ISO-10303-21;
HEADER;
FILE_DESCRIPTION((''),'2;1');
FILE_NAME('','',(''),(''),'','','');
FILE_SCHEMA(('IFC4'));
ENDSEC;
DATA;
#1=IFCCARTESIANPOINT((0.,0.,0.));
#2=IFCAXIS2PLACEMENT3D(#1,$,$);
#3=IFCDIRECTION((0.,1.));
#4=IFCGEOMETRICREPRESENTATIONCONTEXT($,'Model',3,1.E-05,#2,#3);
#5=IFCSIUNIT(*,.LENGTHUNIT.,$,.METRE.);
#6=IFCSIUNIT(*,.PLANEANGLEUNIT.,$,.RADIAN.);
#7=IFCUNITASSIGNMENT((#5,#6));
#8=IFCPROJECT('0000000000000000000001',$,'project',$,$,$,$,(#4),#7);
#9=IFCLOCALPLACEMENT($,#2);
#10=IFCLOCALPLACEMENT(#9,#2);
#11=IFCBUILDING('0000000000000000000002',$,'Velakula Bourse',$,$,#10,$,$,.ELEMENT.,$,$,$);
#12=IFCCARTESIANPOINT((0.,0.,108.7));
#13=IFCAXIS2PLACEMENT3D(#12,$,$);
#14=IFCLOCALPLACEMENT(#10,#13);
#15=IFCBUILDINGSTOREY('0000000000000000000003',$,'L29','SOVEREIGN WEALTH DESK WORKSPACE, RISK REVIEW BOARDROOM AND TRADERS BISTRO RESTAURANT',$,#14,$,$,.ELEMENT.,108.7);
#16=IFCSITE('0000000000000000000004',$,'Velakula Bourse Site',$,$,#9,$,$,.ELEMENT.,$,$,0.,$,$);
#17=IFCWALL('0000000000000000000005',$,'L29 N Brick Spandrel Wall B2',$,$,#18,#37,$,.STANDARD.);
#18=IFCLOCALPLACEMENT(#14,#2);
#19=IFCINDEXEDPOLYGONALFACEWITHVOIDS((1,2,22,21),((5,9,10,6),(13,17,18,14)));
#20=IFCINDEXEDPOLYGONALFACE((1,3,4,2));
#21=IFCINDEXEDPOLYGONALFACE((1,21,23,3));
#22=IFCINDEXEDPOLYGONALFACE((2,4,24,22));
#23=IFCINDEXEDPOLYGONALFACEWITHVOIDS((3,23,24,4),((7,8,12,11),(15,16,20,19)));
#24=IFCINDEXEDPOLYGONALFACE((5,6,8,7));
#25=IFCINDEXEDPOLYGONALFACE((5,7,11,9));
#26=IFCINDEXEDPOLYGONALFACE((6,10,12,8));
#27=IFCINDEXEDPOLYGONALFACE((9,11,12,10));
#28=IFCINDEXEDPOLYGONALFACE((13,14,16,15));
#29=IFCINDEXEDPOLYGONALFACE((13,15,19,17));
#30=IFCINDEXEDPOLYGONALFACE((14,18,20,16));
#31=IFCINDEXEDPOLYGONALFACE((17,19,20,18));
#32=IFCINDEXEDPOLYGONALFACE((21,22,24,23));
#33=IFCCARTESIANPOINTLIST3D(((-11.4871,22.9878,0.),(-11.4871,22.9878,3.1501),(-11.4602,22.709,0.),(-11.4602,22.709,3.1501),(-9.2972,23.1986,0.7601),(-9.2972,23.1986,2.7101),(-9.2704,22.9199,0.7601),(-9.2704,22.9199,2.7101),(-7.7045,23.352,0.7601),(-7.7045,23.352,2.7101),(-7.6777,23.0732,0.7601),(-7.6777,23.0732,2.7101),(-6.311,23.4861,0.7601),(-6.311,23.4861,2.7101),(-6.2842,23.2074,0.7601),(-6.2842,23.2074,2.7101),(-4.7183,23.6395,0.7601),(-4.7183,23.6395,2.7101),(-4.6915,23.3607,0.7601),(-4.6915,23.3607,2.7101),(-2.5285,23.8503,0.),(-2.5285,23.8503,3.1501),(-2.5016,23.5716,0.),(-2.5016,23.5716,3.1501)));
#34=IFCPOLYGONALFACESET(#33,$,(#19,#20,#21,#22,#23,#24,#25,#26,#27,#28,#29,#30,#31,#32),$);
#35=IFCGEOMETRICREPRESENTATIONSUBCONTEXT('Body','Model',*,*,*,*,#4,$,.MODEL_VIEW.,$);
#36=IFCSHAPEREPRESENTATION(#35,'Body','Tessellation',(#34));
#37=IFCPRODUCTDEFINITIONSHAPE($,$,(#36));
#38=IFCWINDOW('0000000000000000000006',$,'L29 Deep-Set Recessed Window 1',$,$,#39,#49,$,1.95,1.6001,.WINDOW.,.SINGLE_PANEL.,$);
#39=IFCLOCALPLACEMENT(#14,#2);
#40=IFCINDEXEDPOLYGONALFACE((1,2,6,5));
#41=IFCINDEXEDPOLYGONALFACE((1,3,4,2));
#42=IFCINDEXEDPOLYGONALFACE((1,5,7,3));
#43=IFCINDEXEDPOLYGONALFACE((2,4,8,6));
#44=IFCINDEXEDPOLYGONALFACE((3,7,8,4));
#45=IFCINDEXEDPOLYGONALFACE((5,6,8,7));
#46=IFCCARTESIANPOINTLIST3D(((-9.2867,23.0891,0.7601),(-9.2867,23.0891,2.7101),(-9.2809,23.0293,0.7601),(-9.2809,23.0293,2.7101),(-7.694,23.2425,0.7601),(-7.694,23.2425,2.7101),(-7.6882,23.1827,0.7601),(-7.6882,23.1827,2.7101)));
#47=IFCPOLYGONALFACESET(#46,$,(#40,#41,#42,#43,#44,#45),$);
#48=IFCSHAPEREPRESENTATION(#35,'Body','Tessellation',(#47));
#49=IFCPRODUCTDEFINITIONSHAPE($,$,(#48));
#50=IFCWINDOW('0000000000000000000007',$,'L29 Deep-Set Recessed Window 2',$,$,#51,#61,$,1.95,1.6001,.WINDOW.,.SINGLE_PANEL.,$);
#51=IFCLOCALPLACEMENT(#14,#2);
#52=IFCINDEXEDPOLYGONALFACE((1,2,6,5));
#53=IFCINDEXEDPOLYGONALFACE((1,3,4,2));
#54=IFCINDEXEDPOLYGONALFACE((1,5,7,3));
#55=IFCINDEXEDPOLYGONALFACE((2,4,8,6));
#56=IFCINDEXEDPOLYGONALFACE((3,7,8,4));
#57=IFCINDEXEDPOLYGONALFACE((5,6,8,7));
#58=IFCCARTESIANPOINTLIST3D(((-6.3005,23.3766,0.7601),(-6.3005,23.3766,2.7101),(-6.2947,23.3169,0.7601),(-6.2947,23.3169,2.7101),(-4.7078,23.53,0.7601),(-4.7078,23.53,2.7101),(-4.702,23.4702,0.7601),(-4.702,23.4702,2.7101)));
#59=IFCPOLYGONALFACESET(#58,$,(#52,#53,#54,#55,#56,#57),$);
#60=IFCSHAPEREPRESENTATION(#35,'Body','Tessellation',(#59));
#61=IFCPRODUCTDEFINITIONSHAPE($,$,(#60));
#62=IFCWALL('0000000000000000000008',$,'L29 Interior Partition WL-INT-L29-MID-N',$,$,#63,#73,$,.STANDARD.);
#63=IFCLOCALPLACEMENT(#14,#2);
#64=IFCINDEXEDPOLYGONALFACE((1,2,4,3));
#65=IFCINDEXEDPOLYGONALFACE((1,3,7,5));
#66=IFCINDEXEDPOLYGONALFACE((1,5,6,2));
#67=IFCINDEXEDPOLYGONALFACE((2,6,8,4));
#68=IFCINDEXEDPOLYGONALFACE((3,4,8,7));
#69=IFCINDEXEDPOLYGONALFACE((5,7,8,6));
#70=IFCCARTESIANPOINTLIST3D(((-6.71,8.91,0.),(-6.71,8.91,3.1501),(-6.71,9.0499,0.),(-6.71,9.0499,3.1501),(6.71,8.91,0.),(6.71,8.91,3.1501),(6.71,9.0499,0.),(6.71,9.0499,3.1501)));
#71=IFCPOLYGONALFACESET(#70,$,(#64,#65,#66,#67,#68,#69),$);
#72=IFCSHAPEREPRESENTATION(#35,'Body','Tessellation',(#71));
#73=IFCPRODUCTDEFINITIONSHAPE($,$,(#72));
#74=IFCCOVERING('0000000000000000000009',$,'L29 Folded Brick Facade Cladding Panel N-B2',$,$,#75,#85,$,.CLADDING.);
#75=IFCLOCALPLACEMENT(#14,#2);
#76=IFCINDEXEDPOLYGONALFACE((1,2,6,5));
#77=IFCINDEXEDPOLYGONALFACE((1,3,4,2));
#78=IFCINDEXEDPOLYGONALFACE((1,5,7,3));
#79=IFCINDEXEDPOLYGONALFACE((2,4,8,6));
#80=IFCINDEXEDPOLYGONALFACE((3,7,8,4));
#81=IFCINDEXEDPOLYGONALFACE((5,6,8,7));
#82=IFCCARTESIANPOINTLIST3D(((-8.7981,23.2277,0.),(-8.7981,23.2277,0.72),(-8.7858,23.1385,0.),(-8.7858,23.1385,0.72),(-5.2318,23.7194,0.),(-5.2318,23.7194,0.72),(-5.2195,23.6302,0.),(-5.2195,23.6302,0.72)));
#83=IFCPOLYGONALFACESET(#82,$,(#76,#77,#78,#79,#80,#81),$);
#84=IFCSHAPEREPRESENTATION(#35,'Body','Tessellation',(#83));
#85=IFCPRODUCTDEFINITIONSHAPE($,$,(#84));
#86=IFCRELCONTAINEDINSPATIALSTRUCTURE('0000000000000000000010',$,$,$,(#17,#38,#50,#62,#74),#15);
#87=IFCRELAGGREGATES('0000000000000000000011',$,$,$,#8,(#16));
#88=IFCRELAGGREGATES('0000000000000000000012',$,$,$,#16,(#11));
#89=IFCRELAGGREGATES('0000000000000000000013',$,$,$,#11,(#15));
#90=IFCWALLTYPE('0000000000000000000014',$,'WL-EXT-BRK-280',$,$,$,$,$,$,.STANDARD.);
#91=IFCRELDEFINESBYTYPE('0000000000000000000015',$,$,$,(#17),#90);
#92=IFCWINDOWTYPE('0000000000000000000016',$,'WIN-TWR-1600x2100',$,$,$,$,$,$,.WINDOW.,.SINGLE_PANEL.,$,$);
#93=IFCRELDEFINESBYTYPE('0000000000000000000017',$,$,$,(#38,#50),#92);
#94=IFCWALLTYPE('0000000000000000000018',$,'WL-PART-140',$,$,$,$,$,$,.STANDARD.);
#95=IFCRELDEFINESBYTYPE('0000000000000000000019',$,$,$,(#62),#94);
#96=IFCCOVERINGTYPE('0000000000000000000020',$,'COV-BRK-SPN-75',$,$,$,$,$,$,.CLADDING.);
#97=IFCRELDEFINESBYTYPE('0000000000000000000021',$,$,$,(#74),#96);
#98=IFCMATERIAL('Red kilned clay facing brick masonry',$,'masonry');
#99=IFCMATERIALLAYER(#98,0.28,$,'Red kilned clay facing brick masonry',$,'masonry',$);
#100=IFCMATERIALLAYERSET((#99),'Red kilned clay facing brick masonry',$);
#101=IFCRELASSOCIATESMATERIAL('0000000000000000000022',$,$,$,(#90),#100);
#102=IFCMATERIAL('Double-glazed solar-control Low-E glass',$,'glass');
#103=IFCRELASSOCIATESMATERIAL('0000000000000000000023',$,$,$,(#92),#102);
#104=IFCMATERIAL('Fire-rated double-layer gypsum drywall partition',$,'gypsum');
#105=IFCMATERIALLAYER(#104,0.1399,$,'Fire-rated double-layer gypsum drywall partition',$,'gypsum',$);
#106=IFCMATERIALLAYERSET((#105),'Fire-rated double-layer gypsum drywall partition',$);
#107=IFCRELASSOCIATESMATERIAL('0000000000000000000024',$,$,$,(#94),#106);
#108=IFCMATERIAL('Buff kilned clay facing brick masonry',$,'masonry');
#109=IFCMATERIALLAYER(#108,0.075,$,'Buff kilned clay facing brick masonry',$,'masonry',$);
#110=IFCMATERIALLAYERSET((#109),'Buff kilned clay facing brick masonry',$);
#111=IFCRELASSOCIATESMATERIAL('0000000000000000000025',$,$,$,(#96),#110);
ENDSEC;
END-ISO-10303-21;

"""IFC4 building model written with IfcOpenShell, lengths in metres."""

from ifc_helpers import new_model, si_unit, direction, frame, frame_2d, origin, origin_2d, place, context, subcontext, project, spatial, rectangle, extrude, material, layer, layer_set, type_object, element, fill, save


model = new_model("IFC4")

# Units and contexts
model_context = context("Model", 3, precision=1e-05, world=origin(), true_north=direction((0.0, 1.0)))
body_context = subcontext(model_context, "Body", "Model", "MODEL_VIEW")
ifc_project = project(units=[si_unit("LENGTHUNIT", "METRE"), si_unit("PLANEANGLEUNIT", "RADIAN")], contexts=[model_context])

# Site, building, storey
site_placement = place(None, origin())
site = spatial("IfcSite", under=ifc_project, at=site_placement, Name="Velakula Bourse Site", CompositionType="ELEMENT", RefElevation=0.0)
building_placement = place(site_placement, origin())
building = spatial("IfcBuilding", under=site, at=building_placement, Name="Velakula Bourse", CompositionType="ELEMENT")
storey_placement = place(building_placement, frame((0.0, 0.0, 108.7)))
storey = spatial("IfcBuildingStorey", under=building, at=storey_placement, Name="L29", Description="SOVEREIGN WEALTH DESK WORKSPACE, RISK REVIEW BOARDROOM AND TRADERS BISTRO RESTAURANT", CompositionType="ELEMENT", Elevation=108.7)

# Wall, openings, windows
ifc_material_1 = material(Name="Red kilned clay facing brick masonry", Category="masonry")
ifc_layer_1 = layer(ifc_material_1, 0.28, Name="Red kilned clay facing brick masonry", Category="masonry")
ifc_layer_set_1 = layer_set([ifc_layer_1], Name="Red kilned clay facing brick masonry")
wall_type_1 = type_object("IfcWallType", Name="WL-EXT-BRK-280", PredefinedType="STANDARD", material=ifc_layer_set_1)
wall_1_placement = place(storey_placement, frame((-11.4736, 22.8484, 0.0), z_axis=(0.0, 0.0, 1.0), x_axis=(0.995397, 0.09584, 0.0)))
wall_1 = element("IfcWall", 1, at=wall_1_placement, inside=storey, type_object=wall_type_1, Name="L29 N Brick Spandrel Wall B2", PredefinedType="STANDARD", context=body_context, shape_type="SweptSolid", body=[
    extrude(rectangle(XDim=9.0, YDim=0.28, at=frame_2d((4.5, 0.0))), origin(), (0.0, 0.0, 1.0), 3.1501),
])
opening_1_placement = place(wall_1_placement, frame((2.2, 0.0, 0.76)))
opening_1 = element("IfcOpeningElement", 2, at=opening_1_placement, cuts=wall_1, PredefinedType="OPENING", context=body_context, shape_type="SweptSolid", body=[
    extrude(rectangle(XDim=1.6001, YDim=1.95, at=frame_2d((0.8, 0.9751))), frame((0.0, 0.1499, 0.0), z_axis=(0.0, -1.0, 0.0), x_axis=(1.0, 0.0, 0.0)), (0.0, 0.0, 1.0), 0.3),
])
opening_2_placement = place(wall_1_placement, frame((5.2, 0.0, 0.76)))
opening_2 = element("IfcOpeningElement", 3, at=opening_2_placement, cuts=wall_1, PredefinedType="OPENING", context=body_context, shape_type="SweptSolid", body=[
    extrude(rectangle(XDim=1.6001, YDim=1.95, at=frame_2d((0.8, 0.9751))), frame((0.0, 0.1499, 0.0), z_axis=(0.0, -1.0, 0.0), x_axis=(1.0, 0.0, 0.0)), (0.0, 0.0, 1.0), 0.3),
])
ifc_material_2 = material(Name="Double-glazed solar-control Low-E glass", Category="glass")
window_type = type_object("IfcWindowType", Name="WIN-TWR-1600x2100", PartitioningType="SINGLE_PANEL", PredefinedType="WINDOW", material=ifc_material_2)
window_1_placement = place(opening_1_placement, origin())
window_1 = element("IfcWindow", 4, at=window_1_placement, inside=storey, type_object=window_type, Name="L29 Deep-Set Recessed Window 1", OverallHeight=1.95, OverallWidth=1.6001, PartitioningType="SINGLE_PANEL", PredefinedType="WINDOW", context=body_context, shape_type="SweptSolid", body=[
    extrude(rectangle(XDim=1.6001, YDim=1.95, at=frame_2d((0.8, 0.9751))), frame((0.0, 0.03, 0.0), z_axis=(0.0, -1.0, 0.0), x_axis=(1.0, 0.0, 0.0)), (0.0, 0.0, 1.0), 0.0601),
])
fill(opening_1, window_1)
window_2_placement = place(opening_2_placement, origin())
window_2 = element("IfcWindow", 5, at=window_2_placement, inside=storey, type_object=window_type, Name="L29 Deep-Set Recessed Window 2", OverallHeight=1.95, OverallWidth=1.6001, PartitioningType="SINGLE_PANEL", PredefinedType="WINDOW", context=body_context, shape_type="SweptSolid", body=[
    extrude(rectangle(XDim=1.6001, YDim=1.95, at=frame_2d((0.8, 0.9751))), frame((0.0, 0.03, 0.0), z_axis=(0.0, -1.0, 0.0), x_axis=(1.0, 0.0, 0.0)), (0.0, 0.0, 1.0), 0.0601),
])
fill(opening_2, window_2)

# Wall
ifc_material_3 = material(Name="Fire-rated double-layer gypsum drywall partition", Category="gypsum")
ifc_layer_2 = layer(ifc_material_3, 0.1399, Name="Fire-rated double-layer gypsum drywall partition", Category="gypsum")
ifc_layer_set_2 = layer_set([ifc_layer_2], Name="Fire-rated double-layer gypsum drywall partition")
wall_type_2 = type_object("IfcWallType", Name="WL-PART-140", PredefinedType="STANDARD", material=ifc_layer_set_2)
wall_2_placement = place(storey_placement, frame((-6.71, 8.98, 0.0), z_axis=(0.0, 0.0, 1.0), x_axis=(1.0, 0.0, 0.0)))
element("IfcWall", 6, at=wall_2_placement, inside=storey, type_object=wall_type_2, Name="L29 Interior Partition WL-INT-L29-MID-N", PredefinedType="STANDARD", context=body_context, shape_type="SweptSolid", body=[
    extrude(rectangle(XDim=13.4199, YDim=0.1399, at=frame_2d((6.71, 0.0))), origin(), (0.0, 0.0, 1.0), 3.1501),
])

# Covering
ifc_material_4 = material(Name="Buff kilned clay facing brick masonry", Category="masonry")
ifc_layer_3 = layer(ifc_material_4, 0.075, Name="Buff kilned clay facing brick masonry", Category="masonry")
ifc_layer_set_3 = layer_set([ifc_layer_3], Name="Buff kilned clay facing brick masonry")
covering_type = type_object("IfcCoveringType", Name="COV-BRK-SPN-75", PredefinedType="CLADDING", material=ifc_layer_set_3)
covering_placement = place(storey_placement, frame((-7.0088, 23.429, 0.0), z_axis=(0.0, 0.0, 1.0), x_axis=(0.990629, 0.13658, 0.0)))
element("IfcCovering", 7, at=covering_placement, inside=storey, type_object=covering_type, Name="L29 Folded Brick Facade Cladding Panel N-B2", PredefinedType="CLADDING", context=body_context, shape_type="SweptSolid", body=[
    extrude(rectangle(XDim=3.6001, YDim=0.0901, at=origin_2d()), origin(), (0.0, 0.0, 1.0), 0.72),
])

save(model, "model.ifc")
